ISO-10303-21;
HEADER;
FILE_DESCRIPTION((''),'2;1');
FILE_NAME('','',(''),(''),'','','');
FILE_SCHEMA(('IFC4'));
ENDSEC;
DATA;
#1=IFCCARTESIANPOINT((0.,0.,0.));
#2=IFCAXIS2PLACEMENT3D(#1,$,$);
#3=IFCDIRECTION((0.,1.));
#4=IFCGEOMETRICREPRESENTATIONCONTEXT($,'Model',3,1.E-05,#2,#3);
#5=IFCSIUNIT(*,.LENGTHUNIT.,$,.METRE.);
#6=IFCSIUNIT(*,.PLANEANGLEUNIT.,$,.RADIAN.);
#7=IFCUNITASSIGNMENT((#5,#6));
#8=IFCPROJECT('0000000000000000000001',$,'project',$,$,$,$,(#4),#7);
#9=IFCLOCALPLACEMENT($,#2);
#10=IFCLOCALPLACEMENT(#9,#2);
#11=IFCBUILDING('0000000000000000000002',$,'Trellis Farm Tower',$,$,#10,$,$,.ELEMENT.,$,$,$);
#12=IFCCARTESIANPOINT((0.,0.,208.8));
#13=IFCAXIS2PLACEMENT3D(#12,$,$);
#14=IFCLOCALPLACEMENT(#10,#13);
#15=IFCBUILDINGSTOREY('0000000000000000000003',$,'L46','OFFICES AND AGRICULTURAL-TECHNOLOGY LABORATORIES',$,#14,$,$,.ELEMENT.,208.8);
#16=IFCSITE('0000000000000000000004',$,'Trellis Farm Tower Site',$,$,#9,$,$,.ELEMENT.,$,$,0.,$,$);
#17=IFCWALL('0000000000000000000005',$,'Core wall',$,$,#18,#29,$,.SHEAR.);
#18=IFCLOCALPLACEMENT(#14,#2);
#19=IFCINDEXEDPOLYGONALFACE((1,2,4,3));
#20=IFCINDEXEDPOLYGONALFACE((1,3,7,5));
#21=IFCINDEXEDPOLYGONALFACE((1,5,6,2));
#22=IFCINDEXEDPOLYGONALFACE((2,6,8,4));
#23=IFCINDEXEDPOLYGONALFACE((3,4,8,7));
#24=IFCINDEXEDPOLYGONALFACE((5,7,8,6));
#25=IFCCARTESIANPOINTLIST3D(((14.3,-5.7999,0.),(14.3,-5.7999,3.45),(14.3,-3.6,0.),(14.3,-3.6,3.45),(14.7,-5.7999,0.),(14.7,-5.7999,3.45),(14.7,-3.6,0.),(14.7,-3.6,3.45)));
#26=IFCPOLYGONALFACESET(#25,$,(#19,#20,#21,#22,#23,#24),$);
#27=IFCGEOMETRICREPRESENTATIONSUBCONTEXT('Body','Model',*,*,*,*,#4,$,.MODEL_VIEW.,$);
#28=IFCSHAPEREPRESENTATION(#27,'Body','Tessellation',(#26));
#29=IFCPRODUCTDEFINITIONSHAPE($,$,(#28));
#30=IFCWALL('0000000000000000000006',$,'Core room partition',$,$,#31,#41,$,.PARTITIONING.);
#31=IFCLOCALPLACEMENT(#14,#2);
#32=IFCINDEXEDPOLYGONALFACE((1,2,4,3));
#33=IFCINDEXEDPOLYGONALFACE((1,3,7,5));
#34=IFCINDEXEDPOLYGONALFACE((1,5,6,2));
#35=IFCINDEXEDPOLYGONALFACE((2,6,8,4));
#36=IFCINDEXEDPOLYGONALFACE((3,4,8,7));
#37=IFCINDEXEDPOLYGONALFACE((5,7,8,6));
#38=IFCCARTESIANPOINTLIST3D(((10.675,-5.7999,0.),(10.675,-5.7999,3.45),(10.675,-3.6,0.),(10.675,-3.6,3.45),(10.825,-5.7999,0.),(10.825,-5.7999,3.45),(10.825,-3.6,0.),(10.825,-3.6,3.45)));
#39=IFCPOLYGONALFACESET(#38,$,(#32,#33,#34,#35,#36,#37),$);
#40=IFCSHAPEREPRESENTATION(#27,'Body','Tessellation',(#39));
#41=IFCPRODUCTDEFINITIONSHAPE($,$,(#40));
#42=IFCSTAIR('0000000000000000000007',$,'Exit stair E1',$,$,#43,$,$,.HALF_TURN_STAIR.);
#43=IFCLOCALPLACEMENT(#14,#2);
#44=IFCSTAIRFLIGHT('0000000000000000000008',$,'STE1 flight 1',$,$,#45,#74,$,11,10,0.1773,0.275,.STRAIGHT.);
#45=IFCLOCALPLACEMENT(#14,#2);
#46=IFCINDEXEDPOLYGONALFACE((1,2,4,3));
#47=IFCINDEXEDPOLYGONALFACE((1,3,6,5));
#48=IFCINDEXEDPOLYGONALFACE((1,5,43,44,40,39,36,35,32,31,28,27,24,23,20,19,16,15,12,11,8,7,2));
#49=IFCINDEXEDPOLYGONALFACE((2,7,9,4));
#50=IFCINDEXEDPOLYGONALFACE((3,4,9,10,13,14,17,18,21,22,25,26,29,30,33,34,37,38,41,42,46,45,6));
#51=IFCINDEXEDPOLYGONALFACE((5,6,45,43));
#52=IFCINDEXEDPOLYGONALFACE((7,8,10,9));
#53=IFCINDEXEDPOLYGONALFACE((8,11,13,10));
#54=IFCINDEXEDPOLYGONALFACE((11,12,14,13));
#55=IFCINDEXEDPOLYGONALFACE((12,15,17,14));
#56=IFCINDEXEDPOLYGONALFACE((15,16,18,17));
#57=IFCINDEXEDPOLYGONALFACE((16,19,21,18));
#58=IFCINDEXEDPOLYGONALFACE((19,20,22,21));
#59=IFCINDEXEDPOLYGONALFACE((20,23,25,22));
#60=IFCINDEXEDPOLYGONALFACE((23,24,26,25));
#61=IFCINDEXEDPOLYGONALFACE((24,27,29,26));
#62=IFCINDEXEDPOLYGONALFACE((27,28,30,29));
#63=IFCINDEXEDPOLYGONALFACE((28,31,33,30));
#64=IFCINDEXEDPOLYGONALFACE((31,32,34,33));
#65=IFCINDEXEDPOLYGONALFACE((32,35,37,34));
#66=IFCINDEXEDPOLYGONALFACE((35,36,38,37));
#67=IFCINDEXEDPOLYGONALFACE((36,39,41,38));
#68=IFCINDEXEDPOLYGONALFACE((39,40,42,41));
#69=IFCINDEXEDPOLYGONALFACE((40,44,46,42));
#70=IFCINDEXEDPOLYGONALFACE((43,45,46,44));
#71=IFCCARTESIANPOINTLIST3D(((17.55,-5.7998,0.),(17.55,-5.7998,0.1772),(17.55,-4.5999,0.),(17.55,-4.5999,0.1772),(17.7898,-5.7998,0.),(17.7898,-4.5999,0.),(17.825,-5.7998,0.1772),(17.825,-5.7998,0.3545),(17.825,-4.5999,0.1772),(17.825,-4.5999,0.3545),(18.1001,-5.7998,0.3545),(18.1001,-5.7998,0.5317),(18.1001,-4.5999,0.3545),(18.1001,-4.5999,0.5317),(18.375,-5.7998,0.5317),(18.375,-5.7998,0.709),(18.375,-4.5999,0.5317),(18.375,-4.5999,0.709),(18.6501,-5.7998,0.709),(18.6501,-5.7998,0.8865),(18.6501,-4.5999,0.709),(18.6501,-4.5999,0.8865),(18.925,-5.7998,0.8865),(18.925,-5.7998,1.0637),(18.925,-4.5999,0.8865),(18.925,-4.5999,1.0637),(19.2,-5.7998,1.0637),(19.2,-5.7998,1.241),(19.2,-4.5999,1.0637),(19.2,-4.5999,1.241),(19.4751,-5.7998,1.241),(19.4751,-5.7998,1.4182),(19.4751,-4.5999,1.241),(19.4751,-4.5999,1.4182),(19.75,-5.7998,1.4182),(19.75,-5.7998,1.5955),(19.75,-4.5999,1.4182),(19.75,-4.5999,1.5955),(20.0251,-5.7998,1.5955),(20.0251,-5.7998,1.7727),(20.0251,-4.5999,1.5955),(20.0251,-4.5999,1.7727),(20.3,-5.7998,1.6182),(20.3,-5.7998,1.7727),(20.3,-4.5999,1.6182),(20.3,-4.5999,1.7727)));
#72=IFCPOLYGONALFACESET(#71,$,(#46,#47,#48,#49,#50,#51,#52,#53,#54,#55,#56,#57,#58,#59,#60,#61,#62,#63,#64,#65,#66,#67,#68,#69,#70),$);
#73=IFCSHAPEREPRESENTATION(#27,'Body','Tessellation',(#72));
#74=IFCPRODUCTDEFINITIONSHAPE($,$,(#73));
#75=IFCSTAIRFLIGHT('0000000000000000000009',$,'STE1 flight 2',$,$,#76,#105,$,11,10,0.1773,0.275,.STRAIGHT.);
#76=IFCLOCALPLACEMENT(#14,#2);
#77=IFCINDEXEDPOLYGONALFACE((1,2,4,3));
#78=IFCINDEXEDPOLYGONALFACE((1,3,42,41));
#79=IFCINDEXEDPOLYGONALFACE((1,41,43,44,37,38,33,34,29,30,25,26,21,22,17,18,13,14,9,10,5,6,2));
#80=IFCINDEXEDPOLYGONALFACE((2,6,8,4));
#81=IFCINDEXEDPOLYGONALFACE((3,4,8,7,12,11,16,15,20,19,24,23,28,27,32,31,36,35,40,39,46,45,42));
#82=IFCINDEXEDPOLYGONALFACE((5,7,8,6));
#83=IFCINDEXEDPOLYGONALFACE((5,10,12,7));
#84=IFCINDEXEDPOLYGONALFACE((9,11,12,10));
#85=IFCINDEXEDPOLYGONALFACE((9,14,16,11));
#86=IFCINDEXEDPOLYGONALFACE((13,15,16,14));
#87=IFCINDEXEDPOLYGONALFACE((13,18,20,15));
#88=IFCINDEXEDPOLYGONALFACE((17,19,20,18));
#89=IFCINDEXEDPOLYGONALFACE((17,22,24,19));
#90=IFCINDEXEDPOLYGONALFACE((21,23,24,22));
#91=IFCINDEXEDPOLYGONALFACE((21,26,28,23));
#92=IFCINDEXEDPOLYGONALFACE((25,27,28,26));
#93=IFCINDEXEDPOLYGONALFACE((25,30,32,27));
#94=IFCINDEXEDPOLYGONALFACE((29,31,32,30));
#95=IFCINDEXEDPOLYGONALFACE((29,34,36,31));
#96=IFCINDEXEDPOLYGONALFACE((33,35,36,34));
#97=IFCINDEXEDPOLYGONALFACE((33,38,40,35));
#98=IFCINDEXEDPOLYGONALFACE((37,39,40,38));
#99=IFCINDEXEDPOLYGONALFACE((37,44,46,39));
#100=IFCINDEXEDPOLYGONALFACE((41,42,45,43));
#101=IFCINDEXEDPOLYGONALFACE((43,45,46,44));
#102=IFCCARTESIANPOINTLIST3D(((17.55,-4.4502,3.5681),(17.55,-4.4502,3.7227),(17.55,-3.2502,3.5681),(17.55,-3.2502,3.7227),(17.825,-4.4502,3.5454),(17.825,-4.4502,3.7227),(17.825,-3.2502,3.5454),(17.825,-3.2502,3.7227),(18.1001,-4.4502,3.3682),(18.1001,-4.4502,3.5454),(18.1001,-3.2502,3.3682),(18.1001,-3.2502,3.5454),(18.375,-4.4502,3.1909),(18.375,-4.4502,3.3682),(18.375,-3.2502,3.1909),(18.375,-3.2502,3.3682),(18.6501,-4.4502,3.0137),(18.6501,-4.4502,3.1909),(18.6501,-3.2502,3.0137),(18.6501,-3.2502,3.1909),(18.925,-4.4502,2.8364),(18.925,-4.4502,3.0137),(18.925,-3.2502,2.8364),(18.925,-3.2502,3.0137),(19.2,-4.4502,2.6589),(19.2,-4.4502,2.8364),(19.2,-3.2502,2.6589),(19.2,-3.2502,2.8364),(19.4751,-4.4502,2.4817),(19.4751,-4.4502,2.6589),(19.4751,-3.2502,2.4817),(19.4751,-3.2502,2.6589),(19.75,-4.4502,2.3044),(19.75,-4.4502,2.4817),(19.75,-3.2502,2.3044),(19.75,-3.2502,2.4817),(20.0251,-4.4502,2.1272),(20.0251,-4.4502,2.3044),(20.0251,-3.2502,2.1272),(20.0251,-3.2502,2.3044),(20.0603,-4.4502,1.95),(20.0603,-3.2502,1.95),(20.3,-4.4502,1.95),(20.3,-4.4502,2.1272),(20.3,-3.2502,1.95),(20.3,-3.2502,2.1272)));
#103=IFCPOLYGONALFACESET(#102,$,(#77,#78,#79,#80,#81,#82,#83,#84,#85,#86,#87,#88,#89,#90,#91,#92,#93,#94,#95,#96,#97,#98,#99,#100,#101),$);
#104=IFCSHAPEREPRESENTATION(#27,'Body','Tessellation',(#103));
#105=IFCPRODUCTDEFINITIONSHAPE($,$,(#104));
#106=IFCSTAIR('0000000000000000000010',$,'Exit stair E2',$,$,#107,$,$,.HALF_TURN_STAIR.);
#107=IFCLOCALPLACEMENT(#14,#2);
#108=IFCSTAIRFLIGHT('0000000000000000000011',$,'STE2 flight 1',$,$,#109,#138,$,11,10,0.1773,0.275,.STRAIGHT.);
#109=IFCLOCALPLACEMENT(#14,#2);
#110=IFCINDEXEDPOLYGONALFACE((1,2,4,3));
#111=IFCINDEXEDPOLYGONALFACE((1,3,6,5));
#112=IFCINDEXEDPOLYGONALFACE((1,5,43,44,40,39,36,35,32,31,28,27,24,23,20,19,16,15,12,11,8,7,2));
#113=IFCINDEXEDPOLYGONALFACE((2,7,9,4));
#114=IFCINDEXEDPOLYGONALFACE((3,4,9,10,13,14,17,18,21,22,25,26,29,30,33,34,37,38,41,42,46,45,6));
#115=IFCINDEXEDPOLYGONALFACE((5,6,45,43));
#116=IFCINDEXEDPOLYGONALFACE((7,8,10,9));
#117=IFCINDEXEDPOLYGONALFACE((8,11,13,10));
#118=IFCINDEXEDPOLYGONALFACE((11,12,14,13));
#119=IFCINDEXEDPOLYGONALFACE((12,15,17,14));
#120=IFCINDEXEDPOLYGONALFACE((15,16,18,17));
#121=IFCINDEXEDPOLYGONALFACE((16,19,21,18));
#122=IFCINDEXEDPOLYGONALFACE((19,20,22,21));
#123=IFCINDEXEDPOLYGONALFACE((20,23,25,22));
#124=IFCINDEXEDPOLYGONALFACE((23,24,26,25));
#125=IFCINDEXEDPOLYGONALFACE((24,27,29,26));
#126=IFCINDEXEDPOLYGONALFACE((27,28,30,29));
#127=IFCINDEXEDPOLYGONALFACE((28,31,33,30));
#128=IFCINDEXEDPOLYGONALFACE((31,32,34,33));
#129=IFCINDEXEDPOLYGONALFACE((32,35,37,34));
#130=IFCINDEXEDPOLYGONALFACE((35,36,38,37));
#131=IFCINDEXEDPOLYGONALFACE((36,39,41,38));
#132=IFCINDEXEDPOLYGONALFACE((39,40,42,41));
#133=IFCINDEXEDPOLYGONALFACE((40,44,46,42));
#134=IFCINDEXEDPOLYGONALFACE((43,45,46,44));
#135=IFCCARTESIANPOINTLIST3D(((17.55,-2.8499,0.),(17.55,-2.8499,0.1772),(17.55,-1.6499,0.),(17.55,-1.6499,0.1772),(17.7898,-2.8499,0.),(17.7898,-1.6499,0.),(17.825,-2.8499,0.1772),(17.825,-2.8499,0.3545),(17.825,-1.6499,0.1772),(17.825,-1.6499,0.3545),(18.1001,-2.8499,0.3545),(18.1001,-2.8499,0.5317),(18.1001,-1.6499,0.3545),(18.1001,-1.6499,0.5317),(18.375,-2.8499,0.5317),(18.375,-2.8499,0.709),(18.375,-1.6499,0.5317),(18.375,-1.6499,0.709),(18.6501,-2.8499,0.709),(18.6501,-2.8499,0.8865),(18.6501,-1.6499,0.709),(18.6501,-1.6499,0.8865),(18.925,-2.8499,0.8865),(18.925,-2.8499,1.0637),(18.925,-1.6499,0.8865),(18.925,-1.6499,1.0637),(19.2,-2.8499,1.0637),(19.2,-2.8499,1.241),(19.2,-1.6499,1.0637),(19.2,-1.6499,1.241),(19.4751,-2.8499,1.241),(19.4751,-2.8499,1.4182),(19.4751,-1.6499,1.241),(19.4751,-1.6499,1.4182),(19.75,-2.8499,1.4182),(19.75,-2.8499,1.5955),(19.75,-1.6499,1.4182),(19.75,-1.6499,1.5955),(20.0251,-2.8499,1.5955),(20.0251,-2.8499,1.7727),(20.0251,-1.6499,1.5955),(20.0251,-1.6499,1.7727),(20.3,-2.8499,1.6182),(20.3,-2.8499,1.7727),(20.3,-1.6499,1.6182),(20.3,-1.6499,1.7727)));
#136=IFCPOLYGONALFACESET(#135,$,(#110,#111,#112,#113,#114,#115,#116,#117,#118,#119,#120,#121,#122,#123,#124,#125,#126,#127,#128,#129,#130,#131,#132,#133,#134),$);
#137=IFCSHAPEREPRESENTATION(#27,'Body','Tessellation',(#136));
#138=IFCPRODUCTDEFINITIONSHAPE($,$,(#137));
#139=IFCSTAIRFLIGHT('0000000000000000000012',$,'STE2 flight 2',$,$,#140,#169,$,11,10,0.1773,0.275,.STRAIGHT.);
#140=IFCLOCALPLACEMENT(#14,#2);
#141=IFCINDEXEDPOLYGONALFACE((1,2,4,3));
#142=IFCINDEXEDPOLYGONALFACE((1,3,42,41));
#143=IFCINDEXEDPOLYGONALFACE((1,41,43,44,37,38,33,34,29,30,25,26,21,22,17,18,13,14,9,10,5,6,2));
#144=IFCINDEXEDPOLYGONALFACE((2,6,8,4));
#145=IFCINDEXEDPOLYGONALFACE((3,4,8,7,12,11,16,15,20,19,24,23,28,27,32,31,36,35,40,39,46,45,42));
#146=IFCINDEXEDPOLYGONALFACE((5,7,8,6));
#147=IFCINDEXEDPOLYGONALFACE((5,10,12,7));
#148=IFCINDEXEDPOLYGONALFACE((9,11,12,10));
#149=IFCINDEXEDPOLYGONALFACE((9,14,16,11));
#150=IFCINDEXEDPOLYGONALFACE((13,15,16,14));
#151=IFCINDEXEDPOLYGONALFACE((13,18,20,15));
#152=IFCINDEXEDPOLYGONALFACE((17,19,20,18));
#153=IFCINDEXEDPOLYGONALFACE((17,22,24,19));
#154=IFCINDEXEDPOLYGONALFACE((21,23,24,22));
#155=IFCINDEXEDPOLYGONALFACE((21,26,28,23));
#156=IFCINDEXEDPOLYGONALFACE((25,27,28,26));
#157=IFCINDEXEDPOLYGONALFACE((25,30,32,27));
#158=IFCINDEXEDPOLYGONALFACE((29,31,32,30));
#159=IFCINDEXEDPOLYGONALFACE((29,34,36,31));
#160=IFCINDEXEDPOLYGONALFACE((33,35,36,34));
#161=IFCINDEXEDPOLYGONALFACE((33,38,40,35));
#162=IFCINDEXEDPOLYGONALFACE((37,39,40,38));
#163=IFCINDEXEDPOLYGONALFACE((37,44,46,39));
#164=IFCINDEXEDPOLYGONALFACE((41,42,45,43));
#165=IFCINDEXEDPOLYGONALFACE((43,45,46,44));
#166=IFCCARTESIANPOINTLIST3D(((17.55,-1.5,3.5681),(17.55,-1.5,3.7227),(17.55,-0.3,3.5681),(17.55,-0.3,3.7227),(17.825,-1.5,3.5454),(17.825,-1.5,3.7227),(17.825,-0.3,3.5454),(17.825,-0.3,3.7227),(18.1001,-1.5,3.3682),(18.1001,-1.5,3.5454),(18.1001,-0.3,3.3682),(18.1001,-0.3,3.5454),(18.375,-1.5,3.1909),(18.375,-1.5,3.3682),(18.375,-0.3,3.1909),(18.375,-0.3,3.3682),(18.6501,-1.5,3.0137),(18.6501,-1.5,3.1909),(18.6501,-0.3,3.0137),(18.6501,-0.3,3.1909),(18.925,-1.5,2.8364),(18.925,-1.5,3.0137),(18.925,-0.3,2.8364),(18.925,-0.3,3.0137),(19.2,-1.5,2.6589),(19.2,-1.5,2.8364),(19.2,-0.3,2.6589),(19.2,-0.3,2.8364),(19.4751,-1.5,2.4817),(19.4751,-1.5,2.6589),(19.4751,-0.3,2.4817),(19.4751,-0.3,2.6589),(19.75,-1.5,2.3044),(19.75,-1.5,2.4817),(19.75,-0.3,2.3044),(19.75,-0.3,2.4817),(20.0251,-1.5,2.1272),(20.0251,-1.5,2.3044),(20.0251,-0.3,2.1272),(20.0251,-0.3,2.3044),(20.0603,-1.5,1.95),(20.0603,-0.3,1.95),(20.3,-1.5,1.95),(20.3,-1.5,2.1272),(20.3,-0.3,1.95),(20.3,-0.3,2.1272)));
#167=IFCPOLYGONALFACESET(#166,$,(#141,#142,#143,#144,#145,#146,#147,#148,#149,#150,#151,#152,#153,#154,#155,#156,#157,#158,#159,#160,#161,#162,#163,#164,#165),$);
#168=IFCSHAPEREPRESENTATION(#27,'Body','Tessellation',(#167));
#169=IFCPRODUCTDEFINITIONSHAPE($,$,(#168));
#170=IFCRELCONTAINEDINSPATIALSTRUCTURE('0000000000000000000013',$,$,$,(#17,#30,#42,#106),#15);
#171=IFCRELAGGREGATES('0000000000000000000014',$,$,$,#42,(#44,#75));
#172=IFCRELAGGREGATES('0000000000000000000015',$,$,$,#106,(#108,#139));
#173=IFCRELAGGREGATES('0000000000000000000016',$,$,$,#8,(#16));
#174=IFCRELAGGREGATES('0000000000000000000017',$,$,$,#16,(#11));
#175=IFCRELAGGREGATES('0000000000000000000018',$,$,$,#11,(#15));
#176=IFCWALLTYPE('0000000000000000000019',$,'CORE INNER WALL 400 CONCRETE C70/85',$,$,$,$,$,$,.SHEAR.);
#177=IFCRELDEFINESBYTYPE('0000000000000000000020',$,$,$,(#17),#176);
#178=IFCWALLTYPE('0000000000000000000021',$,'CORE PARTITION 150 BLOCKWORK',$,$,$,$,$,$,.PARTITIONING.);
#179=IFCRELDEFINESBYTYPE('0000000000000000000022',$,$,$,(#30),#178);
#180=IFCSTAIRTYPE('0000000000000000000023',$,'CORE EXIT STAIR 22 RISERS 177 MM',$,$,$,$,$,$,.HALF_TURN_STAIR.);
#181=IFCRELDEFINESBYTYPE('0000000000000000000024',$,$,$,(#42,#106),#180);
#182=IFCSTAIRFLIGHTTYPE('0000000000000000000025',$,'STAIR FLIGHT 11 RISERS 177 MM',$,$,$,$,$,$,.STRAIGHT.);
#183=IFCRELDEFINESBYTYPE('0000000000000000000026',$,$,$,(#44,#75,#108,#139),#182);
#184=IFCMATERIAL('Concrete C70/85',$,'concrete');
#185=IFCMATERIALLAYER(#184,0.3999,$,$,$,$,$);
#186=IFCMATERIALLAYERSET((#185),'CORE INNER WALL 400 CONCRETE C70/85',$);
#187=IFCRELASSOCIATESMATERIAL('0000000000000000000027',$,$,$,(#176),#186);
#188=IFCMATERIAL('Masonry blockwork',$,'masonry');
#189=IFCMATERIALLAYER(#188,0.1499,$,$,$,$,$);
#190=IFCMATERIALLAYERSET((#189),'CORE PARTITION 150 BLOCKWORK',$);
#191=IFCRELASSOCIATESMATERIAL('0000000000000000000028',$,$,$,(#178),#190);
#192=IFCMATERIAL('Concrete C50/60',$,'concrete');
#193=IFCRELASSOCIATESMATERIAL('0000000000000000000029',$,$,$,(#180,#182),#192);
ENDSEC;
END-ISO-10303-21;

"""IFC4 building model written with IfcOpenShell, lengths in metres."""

from ifc_helpers import new_model, si_unit, direction, frame, frame_2d, origin, place, context, subcontext, project, spatial, polyline, rectangle, outline, extrude, source, transform, mapped, material, layer, layer_set, type_object, element, aggregate, save


model = new_model("IFC4")

# Units and contexts
model_context = context("Model", 3, precision=1e-05, world=origin(), true_north=direction((0.0, 1.0)))
body_context = subcontext(model_context, "Body", "Model", "MODEL_VIEW")
ifc_project = project(units=[si_unit("LENGTHUNIT", "METRE"), si_unit("PLANEANGLEUNIT", "RADIAN")], contexts=[model_context])

# Site, building, storey
site_placement = place(None, origin())
site = spatial("IfcSite", under=ifc_project, at=site_placement, Name="Trellis Farm Tower Site", CompositionType="ELEMENT", RefElevation=0.0)
building_placement = place(site_placement, origin())
building = spatial("IfcBuilding", under=site, at=building_placement, Name="Trellis Farm Tower", CompositionType="ELEMENT")
storey_placement = place(building_placement, frame((0.0, 0.0, 208.8)))
storey = spatial("IfcBuildingStorey", under=building, at=storey_placement, Name="L46", Description="OFFICES AND AGRICULTURAL-TECHNOLOGY LABORATORIES", CompositionType="ELEMENT", Elevation=208.8)

# Shared definitions
ifc_material_1 = material(Name="Concrete C70/85", Category="concrete")

# Shared definitions
placement = place(storey_placement, origin())

# Shared definitions
ifc_layer_1 = layer(ifc_material_1, 0.3999)
ifc_layer_set_1 = layer_set([ifc_layer_1], Name="CORE INNER WALL 400 CONCRETE C70/85")
wall_type_1 = type_object("IfcWallType", Name="CORE INNER WALL 400 CONCRETE C70/85", PredefinedType="SHEAR", material=ifc_layer_set_1)

# Walls
shared_shape_1 = source(origin(), body_context, "Body", "SweptSolid", [
    extrude(rectangle(XDim=2.2, YDim=0.3999, at=frame_2d((1.1001, 0.0))), origin(), (0.0, 0.0, 1.0), 3.45),
])
wall_1_placement = place(storey_placement, frame((14.5, -5.8, 0.0), z_axis=(0.0, 0.0, 1.0), x_axis=(0.0, 1.0, 0.0)))
element("IfcWall", 1, at=wall_1_placement, inside=storey, type_object=wall_type_1, Name="Core wall", PredefinedType="SHEAR", context=body_context, shape_type="MappedRepresentation", body=[
    mapped(shared_shape_1, transform((0.0, 0.0, 0.0))),
])
ifc_material_2 = material(Name="Masonry blockwork", Category="masonry")
ifc_layer_2 = layer(ifc_material_2, 0.1499)
ifc_layer_set_2 = layer_set([ifc_layer_2], Name="CORE PARTITION 150 BLOCKWORK")
wall_type_2 = type_object("IfcWallType", Name="CORE PARTITION 150 BLOCKWORK", PredefinedType="PARTITIONING", material=ifc_layer_set_2)
shared_shape_2 = source(origin(), body_context, "Body", "SweptSolid", [
    extrude(rectangle(XDim=2.2, YDim=0.1499, at=frame_2d((1.1001, 0.0))), origin(), (0.0, 0.0, 1.0), 3.45),
])
wall_2_placement = place(storey_placement, frame((10.75, -5.8, 0.0), z_axis=(0.0, 0.0, 1.0), x_axis=(0.0, 1.0, 0.0)))
element("IfcWall", 2, at=wall_2_placement, inside=storey, type_object=wall_type_2, Name="Core room partition", PredefinedType="PARTITIONING", context=body_context, shape_type="MappedRepresentation", body=[
    mapped(shared_shape_2, transform((0.0, 0.0, 0.0))),
])

# Stairs, stair flights
ifc_material_3 = material(Name="Concrete C50/60", Category="concrete")
stair_type = type_object("IfcStairType", Name="CORE EXIT STAIR 22 RISERS 177 MM", PredefinedType="HALF_TURN_STAIR", material=ifc_material_3)
stair_1 = element("IfcStair", 3, at=placement, inside=storey, type_object=stair_type, Name="Exit stair E1", PredefinedType="HALF_TURN_STAIR")
stair_flight_type = type_object("IfcStairFlightType", Name="STAIR FLIGHT 11 RISERS 177 MM", PredefinedType="STRAIGHT", material=ifc_material_3)
shared_shape_3 = source(origin(), body_context, "Body", "SweptSolid", [
    extrude(outline(polyline([(0.0, 0.0), (0.0, 0.1772), (0.2749, 0.1772), (0.2749, 0.3545), (0.55, 0.3545), (0.55, 0.5317), (0.825, 0.5317), (0.825, 0.709), (1.1001, 0.709), (1.1001, 0.8865), (1.375, 0.8865), (1.375, 1.0637), (1.6499, 1.0637), (1.6499, 1.241), (1.925, 1.241), (1.925, 1.4182), (2.2, 1.4182), (2.2, 1.5955), (2.4751, 1.5955), (2.4751, 1.7727), (2.75, 1.7727), (2.75, 1.95), (2.75, 1.6182), (0.2397, 0.0), (0.0, 0.0)])), frame((0.0, 0.6001, 0.0), z_axis=(0.0, -1.0, 0.0), x_axis=(1.0, 0.0, 0.0)), (0.0, 0.0, 1.0), 1.2),
])
stair_flight_1_placement = place(storey_placement, frame((17.55, -5.2, 0.0), z_axis=(0.0, 0.0, 1.0), x_axis=(1.0, 0.0, 0.0)))
stair_flight_1 = element("IfcStairFlight", 4, at=stair_flight_1_placement, type_object=stair_flight_type, Name="STE1 flight 1", NumberOfRisers=11, NumberOfTreads=10, PredefinedType="STRAIGHT", RiserHeight=0.1773, TreadLength=0.275, context=body_context, shape_type="MappedRepresentation", body=[
    mapped(shared_shape_3, transform((0.0, 0.0, 0.0))),
])
stair_flight_2_placement = place(storey_placement, frame((20.3, -3.8501, 1.95), z_axis=(0.0, 0.0, 1.0), x_axis=(-1.0, 0.0, 0.0)))
stair_flight_2 = element("IfcStairFlight", 5, at=stair_flight_2_placement, type_object=stair_flight_type, Name="STE1 flight 2", NumberOfRisers=11, NumberOfTreads=10, PredefinedType="STRAIGHT", RiserHeight=0.1773, TreadLength=0.275, context=body_context, shape_type="MappedRepresentation", body=[
    mapped(shared_shape_3, transform((0.0, 0.0, 0.0))),
])
aggregate(stair_1, [stair_flight_1, stair_flight_2])
stair_2 = element("IfcStair", 6, at=placement, inside=storey, type_object=stair_type, Name="Exit stair E2", PredefinedType="HALF_TURN_STAIR")
stair_flight_3_placement = place(storey_placement, frame((17.55, -2.25, 0.0), z_axis=(0.0, 0.0, 1.0), x_axis=(1.0, 0.0, 0.0)))
stair_flight_3 = element("IfcStairFlight", 7, at=stair_flight_3_placement, type_object=stair_flight_type, Name="STE2 flight 1", NumberOfRisers=11, NumberOfTreads=10, PredefinedType="STRAIGHT", RiserHeight=0.1773, TreadLength=0.275, context=body_context, shape_type="MappedRepresentation", body=[
    mapped(shared_shape_3, transform((0.0, 0.0, 0.0))),
])
stair_flight_4_placement = place(storey_placement, frame((20.3, -0.8999, 1.95), z_axis=(0.0, 0.0, 1.0), x_axis=(-1.0, 0.0, 0.0)))
stair_flight_4 = element("IfcStairFlight", 8, at=stair_flight_4_placement, type_object=stair_flight_type, Name="STE2 flight 2", NumberOfRisers=11, NumberOfTreads=10, PredefinedType="STRAIGHT", RiserHeight=0.1773, TreadLength=0.275, context=body_context, shape_type="MappedRepresentation", body=[
    mapped(shared_shape_3, transform((0.0, 0.0, 0.0))),
])
aggregate(stair_2, [stair_flight_3, stair_flight_4])

save(model, "model.ifc")
